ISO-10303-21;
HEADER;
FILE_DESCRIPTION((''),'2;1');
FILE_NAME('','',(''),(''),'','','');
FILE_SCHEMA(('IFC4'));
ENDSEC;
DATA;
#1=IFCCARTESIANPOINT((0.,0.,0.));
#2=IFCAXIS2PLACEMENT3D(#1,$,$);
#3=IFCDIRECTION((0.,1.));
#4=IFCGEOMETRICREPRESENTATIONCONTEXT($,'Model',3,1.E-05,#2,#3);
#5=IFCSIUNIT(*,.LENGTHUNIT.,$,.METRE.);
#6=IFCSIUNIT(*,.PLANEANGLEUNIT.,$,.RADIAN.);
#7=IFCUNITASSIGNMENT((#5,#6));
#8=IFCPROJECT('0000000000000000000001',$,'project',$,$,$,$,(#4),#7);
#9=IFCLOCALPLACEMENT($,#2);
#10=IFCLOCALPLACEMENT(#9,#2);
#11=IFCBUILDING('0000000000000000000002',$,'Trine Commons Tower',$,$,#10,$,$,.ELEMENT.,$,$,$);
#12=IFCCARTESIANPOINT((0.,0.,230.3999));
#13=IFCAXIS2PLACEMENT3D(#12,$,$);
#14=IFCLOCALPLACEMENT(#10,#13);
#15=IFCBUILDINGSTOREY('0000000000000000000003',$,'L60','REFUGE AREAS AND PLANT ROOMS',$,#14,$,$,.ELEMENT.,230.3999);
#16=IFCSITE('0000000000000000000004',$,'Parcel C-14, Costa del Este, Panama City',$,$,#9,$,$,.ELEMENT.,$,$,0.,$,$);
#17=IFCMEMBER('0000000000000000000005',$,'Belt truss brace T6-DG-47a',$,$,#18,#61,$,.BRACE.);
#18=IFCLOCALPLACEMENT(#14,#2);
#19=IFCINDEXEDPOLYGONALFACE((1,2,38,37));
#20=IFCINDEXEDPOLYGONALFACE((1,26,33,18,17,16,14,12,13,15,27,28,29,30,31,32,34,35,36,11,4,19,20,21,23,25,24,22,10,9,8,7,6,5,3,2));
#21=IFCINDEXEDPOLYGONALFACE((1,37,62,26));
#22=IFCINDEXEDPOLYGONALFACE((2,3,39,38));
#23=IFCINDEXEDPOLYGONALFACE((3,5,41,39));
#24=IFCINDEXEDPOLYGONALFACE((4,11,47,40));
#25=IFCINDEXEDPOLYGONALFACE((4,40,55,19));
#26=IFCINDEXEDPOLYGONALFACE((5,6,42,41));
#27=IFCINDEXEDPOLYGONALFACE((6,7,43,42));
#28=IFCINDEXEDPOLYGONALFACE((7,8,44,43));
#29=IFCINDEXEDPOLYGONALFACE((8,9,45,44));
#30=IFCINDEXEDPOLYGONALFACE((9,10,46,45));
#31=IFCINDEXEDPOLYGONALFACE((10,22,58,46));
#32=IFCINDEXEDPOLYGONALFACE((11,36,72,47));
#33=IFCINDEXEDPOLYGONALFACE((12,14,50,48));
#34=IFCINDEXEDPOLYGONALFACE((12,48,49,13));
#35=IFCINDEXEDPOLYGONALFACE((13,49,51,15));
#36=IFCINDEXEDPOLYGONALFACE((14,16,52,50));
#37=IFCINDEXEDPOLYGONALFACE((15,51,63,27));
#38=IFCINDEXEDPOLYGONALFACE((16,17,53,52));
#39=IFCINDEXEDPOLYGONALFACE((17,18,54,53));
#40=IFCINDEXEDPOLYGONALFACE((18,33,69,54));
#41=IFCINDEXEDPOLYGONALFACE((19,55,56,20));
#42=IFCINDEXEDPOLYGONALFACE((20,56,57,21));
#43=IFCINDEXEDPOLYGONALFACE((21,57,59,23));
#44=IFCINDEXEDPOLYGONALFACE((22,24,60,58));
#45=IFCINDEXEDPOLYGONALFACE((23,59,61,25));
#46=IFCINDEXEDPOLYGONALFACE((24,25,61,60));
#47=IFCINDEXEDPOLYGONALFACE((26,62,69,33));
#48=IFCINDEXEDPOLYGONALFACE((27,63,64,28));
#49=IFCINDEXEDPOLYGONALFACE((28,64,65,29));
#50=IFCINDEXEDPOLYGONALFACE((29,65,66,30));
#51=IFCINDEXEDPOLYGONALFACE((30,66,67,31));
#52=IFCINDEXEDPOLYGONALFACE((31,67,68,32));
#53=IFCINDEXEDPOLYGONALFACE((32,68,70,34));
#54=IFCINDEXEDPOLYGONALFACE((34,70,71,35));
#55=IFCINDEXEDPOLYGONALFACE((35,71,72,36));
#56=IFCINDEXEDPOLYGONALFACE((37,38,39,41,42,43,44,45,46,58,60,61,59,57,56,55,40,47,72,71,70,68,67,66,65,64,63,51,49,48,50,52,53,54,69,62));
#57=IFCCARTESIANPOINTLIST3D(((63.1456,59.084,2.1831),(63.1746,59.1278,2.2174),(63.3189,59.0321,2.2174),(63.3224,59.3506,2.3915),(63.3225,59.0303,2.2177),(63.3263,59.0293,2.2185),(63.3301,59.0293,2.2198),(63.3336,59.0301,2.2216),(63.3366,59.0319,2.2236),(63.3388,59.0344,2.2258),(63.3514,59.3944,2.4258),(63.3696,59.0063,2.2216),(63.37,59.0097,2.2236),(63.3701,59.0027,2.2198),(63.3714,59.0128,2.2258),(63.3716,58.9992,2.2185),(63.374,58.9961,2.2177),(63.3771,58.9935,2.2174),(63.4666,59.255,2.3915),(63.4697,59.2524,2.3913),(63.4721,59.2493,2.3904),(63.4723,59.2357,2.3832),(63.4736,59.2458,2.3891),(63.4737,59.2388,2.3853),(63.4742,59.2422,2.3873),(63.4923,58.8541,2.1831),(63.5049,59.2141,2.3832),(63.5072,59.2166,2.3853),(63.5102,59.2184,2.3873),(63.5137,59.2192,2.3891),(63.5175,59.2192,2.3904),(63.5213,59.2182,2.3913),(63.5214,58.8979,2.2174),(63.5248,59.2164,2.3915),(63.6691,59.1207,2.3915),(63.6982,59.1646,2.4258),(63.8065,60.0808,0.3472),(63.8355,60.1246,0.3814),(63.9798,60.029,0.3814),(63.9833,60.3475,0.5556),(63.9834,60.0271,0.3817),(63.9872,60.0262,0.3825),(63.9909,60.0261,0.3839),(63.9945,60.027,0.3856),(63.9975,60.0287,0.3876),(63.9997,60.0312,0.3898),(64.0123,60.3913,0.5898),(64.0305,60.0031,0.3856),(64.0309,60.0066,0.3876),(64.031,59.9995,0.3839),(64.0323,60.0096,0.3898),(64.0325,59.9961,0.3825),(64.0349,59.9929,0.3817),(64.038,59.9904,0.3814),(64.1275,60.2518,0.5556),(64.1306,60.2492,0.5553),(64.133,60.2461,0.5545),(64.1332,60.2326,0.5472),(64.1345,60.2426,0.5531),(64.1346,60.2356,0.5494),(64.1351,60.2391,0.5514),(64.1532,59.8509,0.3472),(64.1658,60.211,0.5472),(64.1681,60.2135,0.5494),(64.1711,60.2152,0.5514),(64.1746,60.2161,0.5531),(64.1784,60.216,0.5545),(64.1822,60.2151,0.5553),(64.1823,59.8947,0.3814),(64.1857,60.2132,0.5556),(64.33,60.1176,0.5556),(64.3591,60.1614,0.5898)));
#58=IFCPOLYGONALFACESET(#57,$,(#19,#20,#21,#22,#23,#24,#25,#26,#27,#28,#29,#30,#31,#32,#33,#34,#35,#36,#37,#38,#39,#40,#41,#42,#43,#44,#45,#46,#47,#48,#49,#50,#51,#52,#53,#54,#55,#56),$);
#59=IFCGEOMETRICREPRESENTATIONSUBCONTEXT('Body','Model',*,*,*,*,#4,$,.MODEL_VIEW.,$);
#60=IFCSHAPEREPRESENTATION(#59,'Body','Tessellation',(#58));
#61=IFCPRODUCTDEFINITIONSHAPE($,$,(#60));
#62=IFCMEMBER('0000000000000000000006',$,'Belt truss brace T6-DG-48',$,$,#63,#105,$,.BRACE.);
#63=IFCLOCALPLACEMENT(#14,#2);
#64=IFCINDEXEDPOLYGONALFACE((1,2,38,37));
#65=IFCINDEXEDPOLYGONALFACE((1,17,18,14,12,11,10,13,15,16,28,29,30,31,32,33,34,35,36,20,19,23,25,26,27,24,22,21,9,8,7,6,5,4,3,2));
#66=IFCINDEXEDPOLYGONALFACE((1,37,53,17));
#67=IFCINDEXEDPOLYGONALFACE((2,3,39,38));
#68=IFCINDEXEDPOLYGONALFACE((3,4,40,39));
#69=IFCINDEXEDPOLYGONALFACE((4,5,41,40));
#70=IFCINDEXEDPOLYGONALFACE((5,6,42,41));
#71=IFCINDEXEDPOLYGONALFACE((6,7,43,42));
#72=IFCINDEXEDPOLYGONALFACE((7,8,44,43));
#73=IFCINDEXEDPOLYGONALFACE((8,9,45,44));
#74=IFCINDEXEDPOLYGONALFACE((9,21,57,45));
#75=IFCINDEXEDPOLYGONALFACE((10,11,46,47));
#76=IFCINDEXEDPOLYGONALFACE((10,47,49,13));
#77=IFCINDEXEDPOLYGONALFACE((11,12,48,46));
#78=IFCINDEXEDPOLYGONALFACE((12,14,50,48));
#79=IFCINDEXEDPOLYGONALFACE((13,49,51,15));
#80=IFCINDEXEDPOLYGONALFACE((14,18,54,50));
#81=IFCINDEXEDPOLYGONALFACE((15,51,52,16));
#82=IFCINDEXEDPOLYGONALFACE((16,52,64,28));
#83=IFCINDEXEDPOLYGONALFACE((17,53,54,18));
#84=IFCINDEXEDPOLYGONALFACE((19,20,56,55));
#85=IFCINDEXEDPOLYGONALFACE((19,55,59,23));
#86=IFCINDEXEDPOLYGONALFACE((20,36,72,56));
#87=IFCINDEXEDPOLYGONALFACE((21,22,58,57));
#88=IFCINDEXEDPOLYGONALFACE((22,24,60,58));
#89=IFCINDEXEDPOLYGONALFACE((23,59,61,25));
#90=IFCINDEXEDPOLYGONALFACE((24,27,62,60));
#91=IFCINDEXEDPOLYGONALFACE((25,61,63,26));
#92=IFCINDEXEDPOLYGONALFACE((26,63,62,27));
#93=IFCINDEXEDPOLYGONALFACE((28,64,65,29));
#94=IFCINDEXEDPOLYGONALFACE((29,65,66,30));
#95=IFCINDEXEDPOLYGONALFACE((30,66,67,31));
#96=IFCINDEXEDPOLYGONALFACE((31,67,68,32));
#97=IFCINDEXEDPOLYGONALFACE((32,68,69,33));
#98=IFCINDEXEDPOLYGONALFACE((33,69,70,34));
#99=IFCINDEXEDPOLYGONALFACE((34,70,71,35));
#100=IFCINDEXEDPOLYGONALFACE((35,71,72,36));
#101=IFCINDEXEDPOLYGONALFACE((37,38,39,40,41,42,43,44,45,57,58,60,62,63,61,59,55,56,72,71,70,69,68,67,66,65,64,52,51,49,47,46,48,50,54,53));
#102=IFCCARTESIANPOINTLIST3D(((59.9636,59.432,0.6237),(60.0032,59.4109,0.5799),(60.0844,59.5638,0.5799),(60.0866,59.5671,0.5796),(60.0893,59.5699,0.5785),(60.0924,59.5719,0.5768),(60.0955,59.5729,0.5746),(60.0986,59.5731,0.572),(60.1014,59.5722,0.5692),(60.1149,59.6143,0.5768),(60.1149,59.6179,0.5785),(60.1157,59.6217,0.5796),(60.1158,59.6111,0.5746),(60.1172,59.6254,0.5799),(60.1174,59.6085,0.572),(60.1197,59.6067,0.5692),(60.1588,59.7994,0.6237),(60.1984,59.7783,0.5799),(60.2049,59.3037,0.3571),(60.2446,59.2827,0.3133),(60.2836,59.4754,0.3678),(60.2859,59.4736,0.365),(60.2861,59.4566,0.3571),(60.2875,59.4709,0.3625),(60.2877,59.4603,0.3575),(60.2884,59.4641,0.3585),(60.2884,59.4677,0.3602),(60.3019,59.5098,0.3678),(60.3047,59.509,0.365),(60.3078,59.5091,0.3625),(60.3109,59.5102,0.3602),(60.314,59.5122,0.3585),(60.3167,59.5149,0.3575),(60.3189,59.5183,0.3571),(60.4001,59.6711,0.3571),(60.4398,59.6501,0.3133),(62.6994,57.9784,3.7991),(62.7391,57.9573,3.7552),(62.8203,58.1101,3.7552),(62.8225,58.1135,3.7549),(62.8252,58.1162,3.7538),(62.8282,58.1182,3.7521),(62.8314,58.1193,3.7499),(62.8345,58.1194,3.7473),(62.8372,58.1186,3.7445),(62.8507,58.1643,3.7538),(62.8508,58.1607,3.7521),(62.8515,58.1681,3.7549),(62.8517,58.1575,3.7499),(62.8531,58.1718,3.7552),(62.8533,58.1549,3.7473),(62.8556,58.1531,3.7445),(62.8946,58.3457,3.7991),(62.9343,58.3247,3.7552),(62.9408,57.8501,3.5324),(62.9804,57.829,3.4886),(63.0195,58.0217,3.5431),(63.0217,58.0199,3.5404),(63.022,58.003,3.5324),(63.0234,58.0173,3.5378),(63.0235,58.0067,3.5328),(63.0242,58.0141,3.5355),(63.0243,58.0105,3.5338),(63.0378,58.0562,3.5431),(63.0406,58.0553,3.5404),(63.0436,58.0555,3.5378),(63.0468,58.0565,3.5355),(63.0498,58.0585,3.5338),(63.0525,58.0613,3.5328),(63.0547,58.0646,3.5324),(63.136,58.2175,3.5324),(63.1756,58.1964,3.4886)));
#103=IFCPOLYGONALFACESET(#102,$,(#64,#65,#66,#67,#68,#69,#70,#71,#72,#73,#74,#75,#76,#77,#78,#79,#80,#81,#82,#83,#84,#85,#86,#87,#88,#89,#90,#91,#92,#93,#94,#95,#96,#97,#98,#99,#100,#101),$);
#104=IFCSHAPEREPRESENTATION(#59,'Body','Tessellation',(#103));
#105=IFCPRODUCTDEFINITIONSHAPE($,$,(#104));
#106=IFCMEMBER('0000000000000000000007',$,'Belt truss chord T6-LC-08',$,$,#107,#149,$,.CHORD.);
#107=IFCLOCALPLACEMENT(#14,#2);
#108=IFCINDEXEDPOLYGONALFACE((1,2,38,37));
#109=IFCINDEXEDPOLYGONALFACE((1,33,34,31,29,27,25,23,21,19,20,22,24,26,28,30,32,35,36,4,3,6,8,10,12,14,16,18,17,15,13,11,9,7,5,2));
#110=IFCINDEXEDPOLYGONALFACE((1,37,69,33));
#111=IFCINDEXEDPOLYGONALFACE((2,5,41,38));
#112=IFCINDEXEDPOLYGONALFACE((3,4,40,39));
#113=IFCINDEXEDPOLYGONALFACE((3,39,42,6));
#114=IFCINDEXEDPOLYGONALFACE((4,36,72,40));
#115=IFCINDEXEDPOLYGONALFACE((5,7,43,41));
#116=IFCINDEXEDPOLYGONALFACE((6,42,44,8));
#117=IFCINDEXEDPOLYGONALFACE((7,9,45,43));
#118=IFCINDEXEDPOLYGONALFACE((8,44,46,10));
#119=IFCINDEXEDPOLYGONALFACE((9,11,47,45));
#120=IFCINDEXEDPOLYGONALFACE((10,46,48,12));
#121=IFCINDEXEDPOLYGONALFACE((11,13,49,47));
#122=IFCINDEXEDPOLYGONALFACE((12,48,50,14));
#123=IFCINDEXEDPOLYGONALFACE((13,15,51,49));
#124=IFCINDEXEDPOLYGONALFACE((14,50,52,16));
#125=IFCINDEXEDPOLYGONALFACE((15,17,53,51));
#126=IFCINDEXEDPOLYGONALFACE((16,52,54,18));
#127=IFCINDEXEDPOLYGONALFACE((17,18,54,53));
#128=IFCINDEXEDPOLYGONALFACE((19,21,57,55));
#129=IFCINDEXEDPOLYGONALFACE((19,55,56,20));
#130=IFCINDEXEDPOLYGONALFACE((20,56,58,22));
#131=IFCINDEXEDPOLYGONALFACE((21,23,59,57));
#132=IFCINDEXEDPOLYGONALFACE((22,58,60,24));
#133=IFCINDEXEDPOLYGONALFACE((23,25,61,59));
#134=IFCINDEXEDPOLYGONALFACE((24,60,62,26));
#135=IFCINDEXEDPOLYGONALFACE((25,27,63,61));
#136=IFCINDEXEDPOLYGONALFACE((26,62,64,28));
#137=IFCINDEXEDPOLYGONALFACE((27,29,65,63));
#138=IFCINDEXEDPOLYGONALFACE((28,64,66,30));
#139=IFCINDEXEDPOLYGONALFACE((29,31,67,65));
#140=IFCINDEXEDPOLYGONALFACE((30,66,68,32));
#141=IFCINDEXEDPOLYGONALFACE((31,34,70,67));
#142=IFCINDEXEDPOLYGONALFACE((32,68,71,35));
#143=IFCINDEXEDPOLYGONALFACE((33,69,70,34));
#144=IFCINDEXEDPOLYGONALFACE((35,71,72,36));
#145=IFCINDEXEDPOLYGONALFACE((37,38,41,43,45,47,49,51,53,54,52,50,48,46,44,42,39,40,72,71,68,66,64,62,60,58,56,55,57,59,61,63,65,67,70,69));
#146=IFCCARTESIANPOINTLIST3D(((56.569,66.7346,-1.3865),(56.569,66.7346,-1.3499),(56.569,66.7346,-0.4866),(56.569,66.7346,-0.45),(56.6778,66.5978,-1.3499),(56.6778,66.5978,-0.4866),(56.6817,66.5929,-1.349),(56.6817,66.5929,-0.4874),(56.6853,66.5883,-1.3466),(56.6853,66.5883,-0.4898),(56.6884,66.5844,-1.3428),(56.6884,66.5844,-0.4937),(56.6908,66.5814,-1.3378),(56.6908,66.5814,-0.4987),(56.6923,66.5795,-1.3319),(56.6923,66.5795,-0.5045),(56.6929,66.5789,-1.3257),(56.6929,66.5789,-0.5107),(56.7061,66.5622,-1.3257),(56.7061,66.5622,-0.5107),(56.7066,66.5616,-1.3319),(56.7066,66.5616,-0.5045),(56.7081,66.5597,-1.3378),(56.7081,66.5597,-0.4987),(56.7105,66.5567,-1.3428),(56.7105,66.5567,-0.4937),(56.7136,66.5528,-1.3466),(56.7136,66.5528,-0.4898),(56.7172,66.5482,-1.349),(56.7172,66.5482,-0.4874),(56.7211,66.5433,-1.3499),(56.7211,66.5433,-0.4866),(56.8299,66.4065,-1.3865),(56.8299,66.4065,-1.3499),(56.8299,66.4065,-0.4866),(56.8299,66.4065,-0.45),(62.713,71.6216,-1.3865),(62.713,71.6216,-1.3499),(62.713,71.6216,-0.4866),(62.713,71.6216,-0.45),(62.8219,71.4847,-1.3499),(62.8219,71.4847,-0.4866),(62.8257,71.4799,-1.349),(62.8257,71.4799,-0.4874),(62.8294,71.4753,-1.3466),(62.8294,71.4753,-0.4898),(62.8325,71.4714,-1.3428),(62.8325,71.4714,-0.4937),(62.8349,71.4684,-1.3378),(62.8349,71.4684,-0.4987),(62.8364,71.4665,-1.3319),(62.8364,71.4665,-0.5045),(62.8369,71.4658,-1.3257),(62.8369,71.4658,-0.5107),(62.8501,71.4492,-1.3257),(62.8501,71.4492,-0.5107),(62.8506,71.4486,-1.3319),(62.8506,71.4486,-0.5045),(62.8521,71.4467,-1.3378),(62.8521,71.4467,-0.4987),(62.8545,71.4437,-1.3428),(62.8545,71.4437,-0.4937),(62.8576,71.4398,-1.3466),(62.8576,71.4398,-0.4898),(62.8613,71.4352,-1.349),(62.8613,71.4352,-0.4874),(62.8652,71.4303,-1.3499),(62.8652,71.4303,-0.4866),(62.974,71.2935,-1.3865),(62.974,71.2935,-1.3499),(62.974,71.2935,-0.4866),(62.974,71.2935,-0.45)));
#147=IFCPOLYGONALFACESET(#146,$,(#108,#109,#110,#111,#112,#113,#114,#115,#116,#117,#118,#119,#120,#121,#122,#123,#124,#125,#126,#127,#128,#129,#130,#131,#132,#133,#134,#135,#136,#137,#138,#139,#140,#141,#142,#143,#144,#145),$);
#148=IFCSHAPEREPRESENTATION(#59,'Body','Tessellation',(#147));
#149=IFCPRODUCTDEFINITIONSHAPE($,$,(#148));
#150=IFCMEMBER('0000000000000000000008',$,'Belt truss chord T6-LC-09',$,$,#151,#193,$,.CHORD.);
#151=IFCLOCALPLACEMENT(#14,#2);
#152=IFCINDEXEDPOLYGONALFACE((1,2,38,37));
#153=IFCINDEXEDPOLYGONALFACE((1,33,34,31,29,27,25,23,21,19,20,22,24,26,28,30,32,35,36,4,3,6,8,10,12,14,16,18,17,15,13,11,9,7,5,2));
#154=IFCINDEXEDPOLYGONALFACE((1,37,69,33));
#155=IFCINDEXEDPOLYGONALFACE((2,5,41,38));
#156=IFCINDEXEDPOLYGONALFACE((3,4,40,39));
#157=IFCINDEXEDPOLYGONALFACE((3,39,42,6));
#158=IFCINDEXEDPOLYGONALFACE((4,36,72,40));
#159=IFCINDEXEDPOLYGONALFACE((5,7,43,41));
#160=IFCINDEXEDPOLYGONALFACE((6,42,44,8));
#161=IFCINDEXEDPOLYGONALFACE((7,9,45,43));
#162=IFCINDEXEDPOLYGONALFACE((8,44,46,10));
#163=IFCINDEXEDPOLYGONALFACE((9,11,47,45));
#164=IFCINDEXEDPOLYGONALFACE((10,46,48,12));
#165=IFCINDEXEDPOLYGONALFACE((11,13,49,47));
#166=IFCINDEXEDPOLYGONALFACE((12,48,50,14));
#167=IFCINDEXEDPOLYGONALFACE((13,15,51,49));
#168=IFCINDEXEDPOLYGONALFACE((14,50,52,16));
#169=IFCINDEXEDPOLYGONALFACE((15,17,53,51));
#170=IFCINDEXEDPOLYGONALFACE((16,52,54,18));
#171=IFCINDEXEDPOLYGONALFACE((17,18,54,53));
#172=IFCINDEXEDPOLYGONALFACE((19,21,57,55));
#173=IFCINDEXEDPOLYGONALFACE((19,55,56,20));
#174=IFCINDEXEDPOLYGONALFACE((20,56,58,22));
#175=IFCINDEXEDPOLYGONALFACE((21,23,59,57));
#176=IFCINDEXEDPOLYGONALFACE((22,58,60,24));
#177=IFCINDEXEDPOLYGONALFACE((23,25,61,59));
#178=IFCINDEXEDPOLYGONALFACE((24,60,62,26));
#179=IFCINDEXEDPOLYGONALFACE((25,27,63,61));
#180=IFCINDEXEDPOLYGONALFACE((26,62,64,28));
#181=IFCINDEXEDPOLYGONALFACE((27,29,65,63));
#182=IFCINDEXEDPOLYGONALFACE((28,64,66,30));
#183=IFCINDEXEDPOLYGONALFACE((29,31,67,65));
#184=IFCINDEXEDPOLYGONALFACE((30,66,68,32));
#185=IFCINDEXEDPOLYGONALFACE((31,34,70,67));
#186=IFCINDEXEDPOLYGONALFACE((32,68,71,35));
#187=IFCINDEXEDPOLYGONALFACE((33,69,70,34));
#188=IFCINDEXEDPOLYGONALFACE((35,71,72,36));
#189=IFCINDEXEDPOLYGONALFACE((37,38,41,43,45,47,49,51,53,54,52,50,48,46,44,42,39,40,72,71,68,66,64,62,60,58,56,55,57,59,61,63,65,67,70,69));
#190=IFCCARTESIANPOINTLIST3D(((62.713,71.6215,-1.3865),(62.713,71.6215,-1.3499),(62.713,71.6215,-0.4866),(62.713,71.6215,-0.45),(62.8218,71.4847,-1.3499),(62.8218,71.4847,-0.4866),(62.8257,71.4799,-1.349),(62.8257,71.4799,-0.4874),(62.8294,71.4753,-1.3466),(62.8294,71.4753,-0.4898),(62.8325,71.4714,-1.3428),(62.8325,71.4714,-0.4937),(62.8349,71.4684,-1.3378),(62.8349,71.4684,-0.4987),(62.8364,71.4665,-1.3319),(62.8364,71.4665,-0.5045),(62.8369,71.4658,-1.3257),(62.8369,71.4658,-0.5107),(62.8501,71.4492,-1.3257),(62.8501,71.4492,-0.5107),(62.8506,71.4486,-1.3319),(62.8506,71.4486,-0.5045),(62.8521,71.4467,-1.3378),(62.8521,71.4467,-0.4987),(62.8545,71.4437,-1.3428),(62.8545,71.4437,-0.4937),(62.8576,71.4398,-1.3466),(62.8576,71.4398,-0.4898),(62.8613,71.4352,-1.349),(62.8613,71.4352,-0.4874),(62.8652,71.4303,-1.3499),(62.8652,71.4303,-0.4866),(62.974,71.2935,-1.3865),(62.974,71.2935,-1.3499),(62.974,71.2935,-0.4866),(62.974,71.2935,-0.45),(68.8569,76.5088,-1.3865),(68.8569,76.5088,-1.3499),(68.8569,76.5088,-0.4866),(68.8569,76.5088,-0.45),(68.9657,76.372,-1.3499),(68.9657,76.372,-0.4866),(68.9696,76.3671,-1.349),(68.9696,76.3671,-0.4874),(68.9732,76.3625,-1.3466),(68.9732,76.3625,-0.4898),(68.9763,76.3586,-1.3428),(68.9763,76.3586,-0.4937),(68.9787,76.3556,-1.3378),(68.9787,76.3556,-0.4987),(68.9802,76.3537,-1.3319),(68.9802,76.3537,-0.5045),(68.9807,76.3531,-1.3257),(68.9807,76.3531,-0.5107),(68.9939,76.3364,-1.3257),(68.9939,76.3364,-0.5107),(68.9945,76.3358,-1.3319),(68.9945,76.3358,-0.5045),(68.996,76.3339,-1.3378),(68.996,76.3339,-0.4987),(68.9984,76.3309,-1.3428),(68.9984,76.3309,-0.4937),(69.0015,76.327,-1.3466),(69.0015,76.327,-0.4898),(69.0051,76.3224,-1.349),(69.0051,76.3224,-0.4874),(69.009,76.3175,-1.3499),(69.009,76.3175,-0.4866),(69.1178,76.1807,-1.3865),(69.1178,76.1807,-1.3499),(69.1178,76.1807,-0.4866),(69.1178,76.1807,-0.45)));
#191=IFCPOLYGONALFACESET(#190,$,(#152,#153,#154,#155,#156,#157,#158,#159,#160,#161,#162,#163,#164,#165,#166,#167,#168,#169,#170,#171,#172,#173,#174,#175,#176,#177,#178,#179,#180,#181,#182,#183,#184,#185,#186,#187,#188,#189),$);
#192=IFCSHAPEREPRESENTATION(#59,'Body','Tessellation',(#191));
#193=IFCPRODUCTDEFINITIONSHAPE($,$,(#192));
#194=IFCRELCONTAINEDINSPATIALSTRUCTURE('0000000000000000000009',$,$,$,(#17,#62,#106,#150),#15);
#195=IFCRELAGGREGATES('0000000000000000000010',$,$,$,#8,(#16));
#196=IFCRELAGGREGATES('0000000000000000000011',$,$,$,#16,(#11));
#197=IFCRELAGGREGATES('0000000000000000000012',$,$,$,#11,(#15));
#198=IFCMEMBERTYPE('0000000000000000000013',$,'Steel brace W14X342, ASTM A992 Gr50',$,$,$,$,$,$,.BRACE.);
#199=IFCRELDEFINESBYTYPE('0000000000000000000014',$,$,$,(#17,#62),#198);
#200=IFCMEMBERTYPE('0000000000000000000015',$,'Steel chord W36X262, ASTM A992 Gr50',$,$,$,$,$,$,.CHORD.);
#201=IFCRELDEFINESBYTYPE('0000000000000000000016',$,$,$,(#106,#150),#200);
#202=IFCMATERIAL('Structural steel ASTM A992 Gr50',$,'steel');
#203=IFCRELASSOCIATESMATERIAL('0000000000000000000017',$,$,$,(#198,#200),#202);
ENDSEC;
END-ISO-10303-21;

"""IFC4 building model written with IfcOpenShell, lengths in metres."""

from ifc_helpers import new_model, si_unit, direction, frame, origin, origin_2d, place, context, subcontext, project, spatial, i_section, extrude, material, material_profile, profile_set, type_object, element, save


model = new_model("IFC4")

# Units and contexts
model_context = context("Model", 3, precision=1e-05, world=origin(), true_north=direction((0.0, 1.0)))
body_context = subcontext(model_context, "Body", "Model", "MODEL_VIEW")
ifc_project = project(units=[si_unit("LENGTHUNIT", "METRE"), si_unit("PLANEANGLEUNIT", "RADIAN")], contexts=[model_context])

# Site, building, storey
site_placement = place(None, origin())
site = spatial("IfcSite", under=ifc_project, at=site_placement, Name="Parcel C-14, Costa del Este, Panama City", CompositionType="ELEMENT", RefElevation=0.0)
building_placement = place(site_placement, origin())
building = spatial("IfcBuilding", under=site, at=building_placement, Name="Trine Commons Tower", CompositionType="ELEMENT")
storey_placement = place(building_placement, frame((0.0, 0.0, 230.3999)))
storey = spatial("IfcBuildingStorey", under=building, at=storey_placement, Name="L60", Description="REFUGE AREAS AND PLANT ROOMS", CompositionType="ELEMENT", Elevation=230.3999)

# Members
ifc_material_1 = material(Name="Structural steel ASTM A992 Gr50", Category="steel")
ifc_material_profile_1 = material_profile(ifc_material_1, i_section(OverallWidth=0.416, OverallDepth=0.4446, WebThickness=0.0391, FlangeThickness=0.0627, FilletRadius=0.0154, at=origin_2d()), Name="W14X342")
ifc_profile_set_1 = profile_set([ifc_material_profile_1], Name="Structural steel ASTM A992 Gr50")
member_type_1 = type_object("IfcMemberType", Name="Steel brace W14X342, ASTM A992 Gr50", PredefinedType="BRACE", material=ifc_profile_set_1)
member_1_placement = place(storey_placement, frame((64.0828, 60.1211, 0.4685), z_axis=(-0.301618, -0.454935, 0.837891), x_axis=(0.833461, -0.552579, 0.0)))
element("IfcMember", 1, at=member_1_placement, inside=storey, type_object=member_type_1, Name="Belt truss brace T6-DG-47a", PredefinedType="BRACE", context=body_context, shape_type="SweptSolid", body=[
    extrude(i_section(OverallWidth=0.416, OverallDepth=0.4446, WebThickness=0.0391, FlangeThickness=0.0627, FilletRadius=0.0154, at=origin_2d()), origin(), (0.0, 0.0, 1.0), 2.1912),
])
member_2_placement = place(storey_placement, frame((60.2017, 59.541, 0.4685), z_axis=(0.616701, -0.327667, 0.715761), x_axis=(0.469205, 0.883089, 0.0)))
element("IfcMember", 2, at=member_2_placement, inside=storey, type_object=member_type_1, Name="Belt truss brace T6-DG-48", PredefinedType="BRACE", context=body_context, shape_type="SweptSolid", body=[
    extrude(i_section(OverallWidth=0.416, OverallDepth=0.4446, WebThickness=0.0391, FlangeThickness=0.0627, FilletRadius=0.0154, at=origin_2d()), origin(), (0.0, 0.0, 1.0), 4.4363),
])
ifc_material_profile_2 = material_profile(ifc_material_1, i_section(OverallWidth=0.4192, OverallDepth=0.9365, WebThickness=0.0212, FlangeThickness=0.0366, FilletRadius=0.0242, at=origin_2d()), Name="W36X262")
ifc_profile_set_2 = profile_set([ifc_material_profile_2], Name="Structural steel ASTM A992 Gr50")
member_type_2 = type_object("IfcMemberType", Name="Steel chord W36X262, ASTM A992 Gr50", PredefinedType="CHORD", material=ifc_profile_set_2)
for number, where, z_axis, x_axis, name in (
    (3, (56.6995, 66.5706, -0.9182), (0.782622, 0.622497, 0.0), (-0.622497, 0.782622, 0.0), "Belt truss chord T6-LC-08"),
    (4, (62.8435, 71.4575, -0.9182), (0.782595, 0.622531, 0.0), (-0.622531, 0.782595, 0.0), "Belt truss chord T6-LC-09"),
):
    element("IfcMember", number, at=place(storey_placement, frame(where, z_axis=z_axis, x_axis=x_axis)), inside=storey, type_object=member_type_2, Name=name, PredefinedType="CHORD", context=body_context, shape_type="SweptSolid", body=[
        extrude(i_section(OverallWidth=0.4192, OverallDepth=0.9365, WebThickness=0.0212, FlangeThickness=0.0366, FilletRadius=0.0242, at=origin_2d()), origin(), (0.0, 0.0, 1.0), 7.8506),
    ])

save(model, "model.ifc")
